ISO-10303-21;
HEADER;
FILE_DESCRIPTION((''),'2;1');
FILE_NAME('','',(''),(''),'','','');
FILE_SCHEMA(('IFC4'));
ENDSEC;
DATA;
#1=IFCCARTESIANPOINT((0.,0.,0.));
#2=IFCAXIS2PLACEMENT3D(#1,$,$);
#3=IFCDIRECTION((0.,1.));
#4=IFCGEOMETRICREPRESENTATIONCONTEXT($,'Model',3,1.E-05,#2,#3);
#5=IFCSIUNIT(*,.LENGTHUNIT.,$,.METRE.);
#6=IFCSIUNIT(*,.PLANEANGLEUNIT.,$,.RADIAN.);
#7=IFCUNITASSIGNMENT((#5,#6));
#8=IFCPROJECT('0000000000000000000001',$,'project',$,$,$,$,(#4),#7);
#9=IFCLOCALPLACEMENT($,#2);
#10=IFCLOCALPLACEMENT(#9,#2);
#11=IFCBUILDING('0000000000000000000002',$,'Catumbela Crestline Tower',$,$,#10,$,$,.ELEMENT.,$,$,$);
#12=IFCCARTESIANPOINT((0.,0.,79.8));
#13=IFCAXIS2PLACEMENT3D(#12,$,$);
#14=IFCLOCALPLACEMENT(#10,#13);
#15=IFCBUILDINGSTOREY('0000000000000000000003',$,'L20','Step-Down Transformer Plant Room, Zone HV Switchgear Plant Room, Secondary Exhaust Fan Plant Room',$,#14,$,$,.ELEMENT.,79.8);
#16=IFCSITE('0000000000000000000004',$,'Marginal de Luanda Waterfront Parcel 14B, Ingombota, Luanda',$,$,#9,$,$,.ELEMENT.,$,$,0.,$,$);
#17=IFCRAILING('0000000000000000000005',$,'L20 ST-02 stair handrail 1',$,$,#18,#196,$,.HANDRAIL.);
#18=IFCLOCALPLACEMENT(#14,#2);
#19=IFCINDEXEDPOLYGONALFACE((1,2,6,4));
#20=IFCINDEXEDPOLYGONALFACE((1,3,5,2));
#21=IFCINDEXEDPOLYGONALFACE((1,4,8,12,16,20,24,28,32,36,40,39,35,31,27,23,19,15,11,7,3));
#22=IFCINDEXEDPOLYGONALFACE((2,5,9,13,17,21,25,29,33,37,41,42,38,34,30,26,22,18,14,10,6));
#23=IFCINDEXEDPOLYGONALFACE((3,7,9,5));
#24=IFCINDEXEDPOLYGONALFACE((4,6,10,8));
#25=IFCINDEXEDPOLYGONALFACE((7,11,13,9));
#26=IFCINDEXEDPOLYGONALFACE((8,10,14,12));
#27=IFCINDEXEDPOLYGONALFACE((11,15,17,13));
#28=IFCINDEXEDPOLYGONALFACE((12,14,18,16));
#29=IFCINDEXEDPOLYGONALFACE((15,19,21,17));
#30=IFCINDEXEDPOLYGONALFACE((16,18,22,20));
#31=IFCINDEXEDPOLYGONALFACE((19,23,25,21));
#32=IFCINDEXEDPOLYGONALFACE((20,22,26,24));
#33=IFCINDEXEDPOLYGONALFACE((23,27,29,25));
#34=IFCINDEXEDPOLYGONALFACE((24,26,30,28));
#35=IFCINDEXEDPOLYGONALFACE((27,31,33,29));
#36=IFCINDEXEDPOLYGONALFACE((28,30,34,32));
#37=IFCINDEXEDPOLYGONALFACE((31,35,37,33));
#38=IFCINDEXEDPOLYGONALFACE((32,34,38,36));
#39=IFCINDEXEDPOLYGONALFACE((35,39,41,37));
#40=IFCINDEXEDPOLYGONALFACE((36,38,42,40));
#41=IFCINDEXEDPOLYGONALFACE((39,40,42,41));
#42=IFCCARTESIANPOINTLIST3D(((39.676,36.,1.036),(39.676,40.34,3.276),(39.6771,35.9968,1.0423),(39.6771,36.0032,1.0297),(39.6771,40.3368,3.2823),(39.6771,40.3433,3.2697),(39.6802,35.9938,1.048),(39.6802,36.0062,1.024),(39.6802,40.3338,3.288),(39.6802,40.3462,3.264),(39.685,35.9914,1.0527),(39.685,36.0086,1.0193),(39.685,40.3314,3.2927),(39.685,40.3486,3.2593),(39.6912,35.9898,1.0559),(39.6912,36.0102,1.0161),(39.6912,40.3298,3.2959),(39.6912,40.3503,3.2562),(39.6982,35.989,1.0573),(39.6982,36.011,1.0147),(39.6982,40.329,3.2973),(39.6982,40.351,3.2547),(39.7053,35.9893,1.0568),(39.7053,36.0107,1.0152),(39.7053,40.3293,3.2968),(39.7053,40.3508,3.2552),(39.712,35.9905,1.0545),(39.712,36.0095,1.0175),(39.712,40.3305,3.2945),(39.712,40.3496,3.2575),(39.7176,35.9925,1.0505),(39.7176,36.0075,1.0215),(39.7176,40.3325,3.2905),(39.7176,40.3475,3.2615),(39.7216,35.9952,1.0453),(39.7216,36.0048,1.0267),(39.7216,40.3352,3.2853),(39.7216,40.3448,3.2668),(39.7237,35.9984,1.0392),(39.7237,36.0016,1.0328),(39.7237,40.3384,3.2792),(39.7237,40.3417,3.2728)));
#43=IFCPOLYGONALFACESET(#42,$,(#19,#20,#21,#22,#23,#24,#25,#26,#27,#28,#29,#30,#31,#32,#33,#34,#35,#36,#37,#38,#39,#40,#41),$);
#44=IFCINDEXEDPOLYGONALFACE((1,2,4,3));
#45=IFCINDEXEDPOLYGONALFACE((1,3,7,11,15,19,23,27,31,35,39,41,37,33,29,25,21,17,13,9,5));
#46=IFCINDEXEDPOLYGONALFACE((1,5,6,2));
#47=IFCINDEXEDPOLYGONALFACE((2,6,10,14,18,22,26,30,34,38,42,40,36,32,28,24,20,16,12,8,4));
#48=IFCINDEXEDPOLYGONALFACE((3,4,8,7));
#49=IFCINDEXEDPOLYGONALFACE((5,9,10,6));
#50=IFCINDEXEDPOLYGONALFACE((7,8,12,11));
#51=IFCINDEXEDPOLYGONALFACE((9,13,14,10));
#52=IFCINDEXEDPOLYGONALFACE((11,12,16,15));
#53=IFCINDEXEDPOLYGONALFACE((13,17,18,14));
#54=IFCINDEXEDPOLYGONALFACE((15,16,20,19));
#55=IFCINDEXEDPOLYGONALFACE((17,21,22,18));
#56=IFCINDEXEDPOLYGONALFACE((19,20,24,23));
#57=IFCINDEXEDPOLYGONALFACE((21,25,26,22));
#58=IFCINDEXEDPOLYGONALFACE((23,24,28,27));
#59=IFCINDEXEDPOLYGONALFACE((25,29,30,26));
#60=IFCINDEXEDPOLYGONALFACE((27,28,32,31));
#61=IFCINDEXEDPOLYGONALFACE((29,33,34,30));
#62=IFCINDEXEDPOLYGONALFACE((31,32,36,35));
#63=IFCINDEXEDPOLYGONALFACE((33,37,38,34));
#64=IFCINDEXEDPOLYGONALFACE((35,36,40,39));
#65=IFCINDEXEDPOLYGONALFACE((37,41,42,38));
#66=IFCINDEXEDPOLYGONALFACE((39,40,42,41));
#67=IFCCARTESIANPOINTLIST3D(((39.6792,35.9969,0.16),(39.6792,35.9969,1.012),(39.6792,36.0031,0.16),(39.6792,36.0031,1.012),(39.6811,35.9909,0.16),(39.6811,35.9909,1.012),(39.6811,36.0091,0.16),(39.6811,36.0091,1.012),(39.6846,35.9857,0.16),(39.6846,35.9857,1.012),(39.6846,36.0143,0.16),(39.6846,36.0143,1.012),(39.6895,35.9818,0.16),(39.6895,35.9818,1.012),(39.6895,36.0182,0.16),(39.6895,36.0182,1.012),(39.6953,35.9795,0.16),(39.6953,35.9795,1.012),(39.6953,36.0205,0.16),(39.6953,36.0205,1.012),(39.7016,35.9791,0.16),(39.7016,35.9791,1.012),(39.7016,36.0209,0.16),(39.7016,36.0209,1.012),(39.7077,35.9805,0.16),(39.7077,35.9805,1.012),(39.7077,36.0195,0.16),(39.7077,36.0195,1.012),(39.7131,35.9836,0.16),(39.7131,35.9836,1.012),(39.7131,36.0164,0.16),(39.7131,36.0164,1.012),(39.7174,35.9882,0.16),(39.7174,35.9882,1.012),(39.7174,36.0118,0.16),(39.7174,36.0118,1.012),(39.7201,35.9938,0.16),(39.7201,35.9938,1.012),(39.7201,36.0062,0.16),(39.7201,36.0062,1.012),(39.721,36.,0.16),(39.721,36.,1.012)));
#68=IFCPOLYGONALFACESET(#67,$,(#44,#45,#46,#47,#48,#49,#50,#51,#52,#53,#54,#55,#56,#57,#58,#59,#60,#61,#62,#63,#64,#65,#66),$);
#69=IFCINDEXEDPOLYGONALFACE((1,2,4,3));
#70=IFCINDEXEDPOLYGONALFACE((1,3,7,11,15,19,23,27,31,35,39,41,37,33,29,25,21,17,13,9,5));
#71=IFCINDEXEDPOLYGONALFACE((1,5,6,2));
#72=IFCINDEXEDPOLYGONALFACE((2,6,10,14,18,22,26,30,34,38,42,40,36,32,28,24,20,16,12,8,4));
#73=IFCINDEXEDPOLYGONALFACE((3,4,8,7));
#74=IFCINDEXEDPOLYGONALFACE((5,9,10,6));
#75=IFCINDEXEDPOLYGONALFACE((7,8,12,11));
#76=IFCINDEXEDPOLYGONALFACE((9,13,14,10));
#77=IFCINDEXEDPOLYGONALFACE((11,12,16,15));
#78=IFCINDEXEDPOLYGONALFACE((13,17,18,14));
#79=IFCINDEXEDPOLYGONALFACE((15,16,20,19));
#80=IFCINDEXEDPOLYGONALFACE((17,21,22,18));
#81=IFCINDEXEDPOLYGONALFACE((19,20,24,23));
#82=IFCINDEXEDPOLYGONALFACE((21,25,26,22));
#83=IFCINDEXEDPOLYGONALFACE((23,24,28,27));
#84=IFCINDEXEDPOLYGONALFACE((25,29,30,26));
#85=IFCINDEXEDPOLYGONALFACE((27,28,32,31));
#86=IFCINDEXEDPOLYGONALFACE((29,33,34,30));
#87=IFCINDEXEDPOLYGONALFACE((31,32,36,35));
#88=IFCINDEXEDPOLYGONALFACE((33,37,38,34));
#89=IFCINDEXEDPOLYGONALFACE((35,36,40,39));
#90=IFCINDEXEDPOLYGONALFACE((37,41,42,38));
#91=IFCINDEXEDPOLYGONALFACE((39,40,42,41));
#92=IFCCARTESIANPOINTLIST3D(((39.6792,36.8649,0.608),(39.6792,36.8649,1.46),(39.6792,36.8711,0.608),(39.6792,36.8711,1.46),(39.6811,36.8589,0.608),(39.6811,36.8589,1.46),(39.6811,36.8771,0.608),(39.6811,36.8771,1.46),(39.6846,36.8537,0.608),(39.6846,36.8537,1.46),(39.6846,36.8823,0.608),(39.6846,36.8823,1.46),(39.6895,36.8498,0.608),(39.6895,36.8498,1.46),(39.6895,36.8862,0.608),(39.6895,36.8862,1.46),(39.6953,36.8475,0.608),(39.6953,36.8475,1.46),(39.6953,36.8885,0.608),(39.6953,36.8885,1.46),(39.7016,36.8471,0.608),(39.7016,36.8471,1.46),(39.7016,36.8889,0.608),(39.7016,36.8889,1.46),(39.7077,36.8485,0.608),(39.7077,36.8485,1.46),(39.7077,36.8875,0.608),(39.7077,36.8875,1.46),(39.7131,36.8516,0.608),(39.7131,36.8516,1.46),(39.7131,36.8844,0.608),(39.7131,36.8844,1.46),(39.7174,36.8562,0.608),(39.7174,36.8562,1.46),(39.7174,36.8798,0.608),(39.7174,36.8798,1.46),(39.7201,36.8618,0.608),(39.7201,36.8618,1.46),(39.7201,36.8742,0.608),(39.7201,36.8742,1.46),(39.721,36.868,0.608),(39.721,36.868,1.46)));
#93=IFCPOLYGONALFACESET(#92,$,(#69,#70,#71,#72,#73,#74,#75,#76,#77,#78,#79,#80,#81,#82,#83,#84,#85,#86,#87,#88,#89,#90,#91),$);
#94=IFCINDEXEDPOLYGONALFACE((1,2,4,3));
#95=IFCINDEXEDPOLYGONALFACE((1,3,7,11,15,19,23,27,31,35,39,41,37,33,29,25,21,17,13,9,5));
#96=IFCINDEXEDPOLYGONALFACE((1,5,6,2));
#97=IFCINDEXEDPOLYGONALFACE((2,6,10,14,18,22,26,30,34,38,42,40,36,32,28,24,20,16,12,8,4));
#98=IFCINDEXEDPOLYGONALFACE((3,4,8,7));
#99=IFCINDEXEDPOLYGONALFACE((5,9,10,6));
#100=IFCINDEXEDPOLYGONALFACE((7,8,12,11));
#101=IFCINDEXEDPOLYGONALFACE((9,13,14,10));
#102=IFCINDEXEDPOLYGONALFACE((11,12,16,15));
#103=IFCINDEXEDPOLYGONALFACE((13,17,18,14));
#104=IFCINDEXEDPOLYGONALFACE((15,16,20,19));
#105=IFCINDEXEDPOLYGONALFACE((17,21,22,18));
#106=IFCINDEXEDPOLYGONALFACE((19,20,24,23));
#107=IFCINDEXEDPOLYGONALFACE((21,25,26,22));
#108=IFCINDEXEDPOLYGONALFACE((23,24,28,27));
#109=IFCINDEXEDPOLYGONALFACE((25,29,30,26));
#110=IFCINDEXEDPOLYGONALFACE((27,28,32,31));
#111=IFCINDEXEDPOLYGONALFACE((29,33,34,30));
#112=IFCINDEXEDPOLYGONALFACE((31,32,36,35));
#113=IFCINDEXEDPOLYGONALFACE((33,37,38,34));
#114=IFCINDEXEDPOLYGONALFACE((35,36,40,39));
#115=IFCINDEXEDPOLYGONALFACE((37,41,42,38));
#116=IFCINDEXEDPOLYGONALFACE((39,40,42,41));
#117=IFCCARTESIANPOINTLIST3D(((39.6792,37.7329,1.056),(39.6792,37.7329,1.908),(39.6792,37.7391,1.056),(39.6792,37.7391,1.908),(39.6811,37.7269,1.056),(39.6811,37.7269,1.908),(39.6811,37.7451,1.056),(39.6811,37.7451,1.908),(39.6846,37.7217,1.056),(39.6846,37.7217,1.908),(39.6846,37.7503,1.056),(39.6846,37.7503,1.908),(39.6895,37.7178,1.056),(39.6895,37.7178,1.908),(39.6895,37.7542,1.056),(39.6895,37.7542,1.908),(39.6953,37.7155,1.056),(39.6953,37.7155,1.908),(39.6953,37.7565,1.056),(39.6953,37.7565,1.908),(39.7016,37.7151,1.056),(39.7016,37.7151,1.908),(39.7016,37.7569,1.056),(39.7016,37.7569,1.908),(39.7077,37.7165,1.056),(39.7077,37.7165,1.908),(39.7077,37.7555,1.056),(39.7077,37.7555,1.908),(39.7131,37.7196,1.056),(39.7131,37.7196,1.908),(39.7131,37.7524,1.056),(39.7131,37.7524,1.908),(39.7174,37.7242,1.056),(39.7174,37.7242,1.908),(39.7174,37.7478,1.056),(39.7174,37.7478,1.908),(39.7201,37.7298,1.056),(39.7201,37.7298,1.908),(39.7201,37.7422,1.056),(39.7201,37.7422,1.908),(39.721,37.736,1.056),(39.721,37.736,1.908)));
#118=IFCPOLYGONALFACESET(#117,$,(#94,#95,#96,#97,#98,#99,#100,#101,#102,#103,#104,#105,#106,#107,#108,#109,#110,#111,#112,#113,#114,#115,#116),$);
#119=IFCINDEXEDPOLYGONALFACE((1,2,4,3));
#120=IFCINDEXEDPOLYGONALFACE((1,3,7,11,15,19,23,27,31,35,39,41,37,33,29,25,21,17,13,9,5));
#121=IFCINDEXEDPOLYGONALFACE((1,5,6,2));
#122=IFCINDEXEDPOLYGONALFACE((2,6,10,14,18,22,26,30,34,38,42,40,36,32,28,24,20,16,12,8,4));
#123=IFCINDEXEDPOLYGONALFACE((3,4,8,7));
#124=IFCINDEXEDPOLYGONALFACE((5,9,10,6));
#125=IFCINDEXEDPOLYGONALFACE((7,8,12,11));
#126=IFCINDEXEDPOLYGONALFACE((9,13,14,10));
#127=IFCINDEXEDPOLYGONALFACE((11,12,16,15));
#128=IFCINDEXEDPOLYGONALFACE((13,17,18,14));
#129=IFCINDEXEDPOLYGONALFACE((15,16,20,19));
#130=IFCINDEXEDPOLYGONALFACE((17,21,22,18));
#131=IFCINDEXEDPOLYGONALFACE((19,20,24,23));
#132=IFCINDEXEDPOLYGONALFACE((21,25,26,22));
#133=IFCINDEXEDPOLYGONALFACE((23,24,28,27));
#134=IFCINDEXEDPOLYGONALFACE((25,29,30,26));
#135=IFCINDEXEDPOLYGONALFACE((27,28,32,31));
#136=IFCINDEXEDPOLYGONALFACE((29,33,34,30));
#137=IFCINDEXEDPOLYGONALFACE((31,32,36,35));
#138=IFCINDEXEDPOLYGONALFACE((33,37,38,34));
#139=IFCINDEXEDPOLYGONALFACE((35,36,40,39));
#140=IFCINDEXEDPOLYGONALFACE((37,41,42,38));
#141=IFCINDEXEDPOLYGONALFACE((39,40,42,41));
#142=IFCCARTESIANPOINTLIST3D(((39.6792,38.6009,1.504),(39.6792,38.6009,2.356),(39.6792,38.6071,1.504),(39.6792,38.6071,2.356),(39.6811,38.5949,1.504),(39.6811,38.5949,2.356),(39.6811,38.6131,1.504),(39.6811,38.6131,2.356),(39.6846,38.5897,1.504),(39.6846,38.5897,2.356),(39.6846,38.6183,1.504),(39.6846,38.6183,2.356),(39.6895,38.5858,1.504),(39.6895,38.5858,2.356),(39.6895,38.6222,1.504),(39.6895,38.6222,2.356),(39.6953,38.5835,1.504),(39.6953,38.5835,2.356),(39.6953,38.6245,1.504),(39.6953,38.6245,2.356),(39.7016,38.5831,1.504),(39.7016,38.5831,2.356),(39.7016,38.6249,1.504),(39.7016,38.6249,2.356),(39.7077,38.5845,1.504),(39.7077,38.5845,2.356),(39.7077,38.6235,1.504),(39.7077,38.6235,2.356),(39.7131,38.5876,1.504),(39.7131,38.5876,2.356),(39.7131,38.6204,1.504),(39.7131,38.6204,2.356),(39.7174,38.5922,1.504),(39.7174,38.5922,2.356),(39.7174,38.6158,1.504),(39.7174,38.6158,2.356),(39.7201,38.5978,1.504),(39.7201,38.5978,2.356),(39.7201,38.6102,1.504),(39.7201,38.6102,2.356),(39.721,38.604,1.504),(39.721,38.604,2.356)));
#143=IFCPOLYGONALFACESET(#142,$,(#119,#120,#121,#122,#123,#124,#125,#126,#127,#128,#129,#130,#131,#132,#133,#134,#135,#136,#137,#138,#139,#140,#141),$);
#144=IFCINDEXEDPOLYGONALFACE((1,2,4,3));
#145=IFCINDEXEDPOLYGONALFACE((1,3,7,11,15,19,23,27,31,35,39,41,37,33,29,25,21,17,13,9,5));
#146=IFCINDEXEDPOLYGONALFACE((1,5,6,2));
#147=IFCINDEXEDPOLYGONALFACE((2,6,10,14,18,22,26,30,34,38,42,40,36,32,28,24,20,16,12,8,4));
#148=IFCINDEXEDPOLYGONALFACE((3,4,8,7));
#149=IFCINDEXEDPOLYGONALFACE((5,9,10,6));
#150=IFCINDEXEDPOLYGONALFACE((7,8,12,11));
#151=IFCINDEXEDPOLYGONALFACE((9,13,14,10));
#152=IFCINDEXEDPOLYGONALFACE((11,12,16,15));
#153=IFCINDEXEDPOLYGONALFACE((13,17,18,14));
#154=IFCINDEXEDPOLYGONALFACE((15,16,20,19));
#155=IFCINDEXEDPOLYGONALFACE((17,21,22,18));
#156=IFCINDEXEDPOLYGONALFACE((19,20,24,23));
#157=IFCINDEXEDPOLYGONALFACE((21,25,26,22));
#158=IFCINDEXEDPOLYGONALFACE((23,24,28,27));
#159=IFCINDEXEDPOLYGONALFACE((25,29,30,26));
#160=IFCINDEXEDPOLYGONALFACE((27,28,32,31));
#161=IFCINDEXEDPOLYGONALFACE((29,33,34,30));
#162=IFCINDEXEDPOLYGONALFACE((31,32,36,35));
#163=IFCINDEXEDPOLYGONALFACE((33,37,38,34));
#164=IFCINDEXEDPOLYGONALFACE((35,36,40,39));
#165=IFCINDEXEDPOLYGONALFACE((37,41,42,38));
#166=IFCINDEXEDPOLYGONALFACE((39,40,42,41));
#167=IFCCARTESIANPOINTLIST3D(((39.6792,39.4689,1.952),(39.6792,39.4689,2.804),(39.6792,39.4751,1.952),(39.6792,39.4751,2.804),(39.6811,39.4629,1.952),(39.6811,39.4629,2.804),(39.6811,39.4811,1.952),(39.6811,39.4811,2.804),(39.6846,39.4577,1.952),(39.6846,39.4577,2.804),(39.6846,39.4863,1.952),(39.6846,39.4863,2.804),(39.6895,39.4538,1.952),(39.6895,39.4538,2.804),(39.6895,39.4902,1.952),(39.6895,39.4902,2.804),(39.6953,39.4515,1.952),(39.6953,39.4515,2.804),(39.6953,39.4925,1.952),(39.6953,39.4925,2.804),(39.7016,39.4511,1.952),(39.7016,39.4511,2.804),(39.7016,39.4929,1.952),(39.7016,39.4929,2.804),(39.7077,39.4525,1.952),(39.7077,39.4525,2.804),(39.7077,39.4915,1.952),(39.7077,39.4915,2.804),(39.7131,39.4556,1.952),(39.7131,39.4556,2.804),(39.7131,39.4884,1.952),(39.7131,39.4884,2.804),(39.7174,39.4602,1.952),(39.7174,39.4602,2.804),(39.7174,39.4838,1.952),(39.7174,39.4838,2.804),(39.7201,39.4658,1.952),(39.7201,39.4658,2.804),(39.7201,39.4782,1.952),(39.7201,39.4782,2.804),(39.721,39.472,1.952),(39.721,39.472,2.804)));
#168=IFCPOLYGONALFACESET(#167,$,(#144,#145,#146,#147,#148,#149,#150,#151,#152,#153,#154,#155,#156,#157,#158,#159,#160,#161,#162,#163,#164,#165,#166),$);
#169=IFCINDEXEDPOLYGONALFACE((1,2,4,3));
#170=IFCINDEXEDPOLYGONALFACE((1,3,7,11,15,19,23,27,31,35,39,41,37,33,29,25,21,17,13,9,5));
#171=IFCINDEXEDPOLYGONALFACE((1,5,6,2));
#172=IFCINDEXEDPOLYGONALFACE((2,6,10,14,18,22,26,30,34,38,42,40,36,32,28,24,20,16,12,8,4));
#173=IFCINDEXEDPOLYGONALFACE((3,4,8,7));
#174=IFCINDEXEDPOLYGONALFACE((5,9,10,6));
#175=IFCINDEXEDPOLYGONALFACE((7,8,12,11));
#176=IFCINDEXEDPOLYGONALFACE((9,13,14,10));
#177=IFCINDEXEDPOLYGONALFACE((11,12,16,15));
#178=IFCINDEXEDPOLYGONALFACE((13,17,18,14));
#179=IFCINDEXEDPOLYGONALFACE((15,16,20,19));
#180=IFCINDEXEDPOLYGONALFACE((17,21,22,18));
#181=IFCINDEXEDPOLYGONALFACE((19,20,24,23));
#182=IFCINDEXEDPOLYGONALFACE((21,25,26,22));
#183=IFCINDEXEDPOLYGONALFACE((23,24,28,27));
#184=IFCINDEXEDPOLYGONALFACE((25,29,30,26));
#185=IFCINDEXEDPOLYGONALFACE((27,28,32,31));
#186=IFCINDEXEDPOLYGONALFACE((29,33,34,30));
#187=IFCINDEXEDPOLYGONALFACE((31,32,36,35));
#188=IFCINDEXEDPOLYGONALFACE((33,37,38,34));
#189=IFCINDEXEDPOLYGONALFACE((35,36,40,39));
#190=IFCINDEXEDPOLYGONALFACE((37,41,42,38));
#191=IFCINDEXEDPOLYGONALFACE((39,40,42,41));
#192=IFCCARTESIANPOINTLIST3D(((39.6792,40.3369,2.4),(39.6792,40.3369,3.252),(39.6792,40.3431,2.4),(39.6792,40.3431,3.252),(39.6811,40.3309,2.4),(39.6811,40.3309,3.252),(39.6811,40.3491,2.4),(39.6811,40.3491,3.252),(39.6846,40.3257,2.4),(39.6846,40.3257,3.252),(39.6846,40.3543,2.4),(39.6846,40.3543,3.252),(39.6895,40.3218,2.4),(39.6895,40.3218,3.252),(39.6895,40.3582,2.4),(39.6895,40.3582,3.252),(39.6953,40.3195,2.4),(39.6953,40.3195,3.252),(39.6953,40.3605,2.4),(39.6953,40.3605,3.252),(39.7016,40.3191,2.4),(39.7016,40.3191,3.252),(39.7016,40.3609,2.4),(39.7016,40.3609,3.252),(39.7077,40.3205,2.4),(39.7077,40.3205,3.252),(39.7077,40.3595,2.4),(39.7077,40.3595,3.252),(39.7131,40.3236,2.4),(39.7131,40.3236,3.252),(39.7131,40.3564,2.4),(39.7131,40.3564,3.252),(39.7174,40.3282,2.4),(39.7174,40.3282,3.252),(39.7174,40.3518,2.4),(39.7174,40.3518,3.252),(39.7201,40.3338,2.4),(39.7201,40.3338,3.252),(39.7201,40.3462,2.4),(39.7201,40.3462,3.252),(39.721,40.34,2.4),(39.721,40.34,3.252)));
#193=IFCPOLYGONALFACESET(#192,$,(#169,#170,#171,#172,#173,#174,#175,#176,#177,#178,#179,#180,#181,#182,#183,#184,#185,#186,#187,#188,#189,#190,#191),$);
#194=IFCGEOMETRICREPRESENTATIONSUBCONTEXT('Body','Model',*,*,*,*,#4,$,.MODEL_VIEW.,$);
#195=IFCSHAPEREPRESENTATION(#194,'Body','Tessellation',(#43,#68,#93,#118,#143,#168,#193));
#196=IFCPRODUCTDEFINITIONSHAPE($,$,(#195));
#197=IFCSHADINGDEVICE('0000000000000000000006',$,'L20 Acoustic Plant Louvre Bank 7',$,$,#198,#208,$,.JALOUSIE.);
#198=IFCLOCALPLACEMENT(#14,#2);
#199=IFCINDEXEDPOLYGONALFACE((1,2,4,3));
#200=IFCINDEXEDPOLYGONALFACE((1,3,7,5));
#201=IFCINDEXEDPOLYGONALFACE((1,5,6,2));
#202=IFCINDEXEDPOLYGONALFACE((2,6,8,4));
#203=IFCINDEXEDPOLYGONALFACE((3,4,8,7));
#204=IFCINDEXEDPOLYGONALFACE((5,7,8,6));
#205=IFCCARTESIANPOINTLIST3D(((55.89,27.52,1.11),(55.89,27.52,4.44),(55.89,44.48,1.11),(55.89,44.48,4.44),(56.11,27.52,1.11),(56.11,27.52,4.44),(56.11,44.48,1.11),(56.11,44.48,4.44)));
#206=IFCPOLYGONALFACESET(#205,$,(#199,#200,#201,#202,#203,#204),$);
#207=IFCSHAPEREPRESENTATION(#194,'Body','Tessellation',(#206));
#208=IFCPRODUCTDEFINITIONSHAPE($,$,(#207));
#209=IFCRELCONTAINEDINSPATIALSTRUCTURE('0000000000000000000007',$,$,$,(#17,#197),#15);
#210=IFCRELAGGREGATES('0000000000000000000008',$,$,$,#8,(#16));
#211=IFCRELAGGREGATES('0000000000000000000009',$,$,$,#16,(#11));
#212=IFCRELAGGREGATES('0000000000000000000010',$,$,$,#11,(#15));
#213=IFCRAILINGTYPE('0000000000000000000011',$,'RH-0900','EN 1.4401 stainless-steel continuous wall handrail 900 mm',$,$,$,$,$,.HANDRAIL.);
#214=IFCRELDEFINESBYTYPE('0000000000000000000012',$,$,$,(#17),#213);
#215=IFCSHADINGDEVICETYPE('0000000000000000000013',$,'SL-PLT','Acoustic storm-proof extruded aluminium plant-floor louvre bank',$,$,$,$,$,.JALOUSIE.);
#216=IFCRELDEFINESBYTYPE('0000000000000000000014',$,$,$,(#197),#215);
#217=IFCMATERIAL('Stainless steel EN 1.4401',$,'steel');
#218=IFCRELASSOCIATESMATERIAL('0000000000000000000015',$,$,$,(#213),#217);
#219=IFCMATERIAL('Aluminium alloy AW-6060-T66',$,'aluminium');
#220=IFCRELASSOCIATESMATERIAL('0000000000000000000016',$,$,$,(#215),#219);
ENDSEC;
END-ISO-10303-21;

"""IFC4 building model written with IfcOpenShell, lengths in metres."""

from ifc_helpers import new_model, si_unit, direction, frame, origin, origin_2d, place, context, subcontext, project, spatial, rectangle, circle, extrude, material, type_object, element, save


model = new_model("IFC4")

# Units and contexts
model_context = context("Model", 3, precision=1e-05, world=origin(), true_north=direction((0.0, 1.0)))
body_context = subcontext(model_context, "Body", "Model", "MODEL_VIEW")
ifc_project = project(units=[si_unit("LENGTHUNIT", "METRE"), si_unit("PLANEANGLEUNIT", "RADIAN")], contexts=[model_context])

# Site, building, storey
site_placement = place(None, origin())
site = spatial("IfcSite", under=ifc_project, at=site_placement, Name="Marginal de Luanda Waterfront Parcel 14B, Ingombota, Luanda", CompositionType="ELEMENT", RefElevation=0.0)
building_placement = place(site_placement, origin())
building = spatial("IfcBuilding", under=site, at=building_placement, Name="Catumbela Crestline Tower", CompositionType="ELEMENT")
storey_placement = place(building_placement, frame((0.0, 0.0, 79.8)))
storey = spatial("IfcBuildingStorey", under=building, at=storey_placement, Name="L20", Description="Step-Down Transformer Plant Room, Zone HV Switchgear Plant Room, Secondary Exhaust Fan Plant Room", CompositionType="ELEMENT", Elevation=79.8)

# Railing
ifc_material_1 = material(Name="Stainless steel EN 1.4401", Category="steel")
railing_type_1 = type_object("IfcRailingType", Name="RH-0900", Description="EN 1.4401 stainless-steel continuous wall handrail 900 mm", PredefinedType="HANDRAIL", material=ifc_material_1)
railing_1_placement = place(storey_placement, frame((39.7, 36.0, 0.16)))
element("IfcRailing", 1, at=railing_1_placement, inside=storey, type_object=railing_type_1, Name="L20 ST-02 stair handrail 1", PredefinedType="HANDRAIL", context=body_context, shape_type="SweptSolid", body=[
    extrude(circle(Radius=0.024, at=origin_2d()), frame((0.0, 0.0, 0.876), z_axis=(0.0, 0.888621, 0.458643), x_axis=(-1.0, 0.0, 0.0)), (0.0, 0.0, 1.0), 4.884),
    extrude(circle(Radius=0.021, at=origin_2d()), origin(), (0.0, 0.0, 1.0), 0.852),
    extrude(circle(Radius=0.021, at=origin_2d()), frame((0.0, 0.868, 0.448)), (0.0, 0.0, 1.0), 0.852),
    extrude(circle(Radius=0.021, at=origin_2d()), frame((0.0, 1.736, 0.896)), (0.0, 0.0, 1.0), 0.852),
    extrude(circle(Radius=0.021, at=origin_2d()), frame((0.0, 2.604, 1.344)), (0.0, 0.0, 1.0), 0.852),
    extrude(circle(Radius=0.021, at=origin_2d()), frame((0.0, 3.472, 1.792)), (0.0, 0.0, 1.0), 0.852),
    extrude(circle(Radius=0.021, at=origin_2d()), frame((0.0, 4.34, 2.24)), (0.0, 0.0, 1.0), 0.852),
])

# Shading device
ifc_material_2 = material(Name="Aluminium alloy AW-6060-T66", Category="aluminium")
shading_device_type = type_object("IfcShadingDeviceType", Name="SL-PLT", Description="Acoustic storm-proof extruded aluminium plant-floor louvre bank", PredefinedType="JALOUSIE", material=ifc_material_2)
shading_device_1_placement = place(storey_placement, frame((56.0, 36.0, 1.11), z_axis=(0.0, 0.0, 1.0), x_axis=(0.0, 1.0, 0.0)))
element("IfcShadingDevice", 2, at=shading_device_1_placement, inside=storey, type_object=shading_device_type, Name="L20 Acoustic Plant Louvre Bank 7", PredefinedType="JALOUSIE", context=body_context, shape_type="SweptSolid", body=[
    extrude(rectangle(XDim=16.96, YDim=0.22, at=origin_2d()), origin(), (0.0, 0.0, 1.0), 3.33),
])

save(model, "model.ifc")
